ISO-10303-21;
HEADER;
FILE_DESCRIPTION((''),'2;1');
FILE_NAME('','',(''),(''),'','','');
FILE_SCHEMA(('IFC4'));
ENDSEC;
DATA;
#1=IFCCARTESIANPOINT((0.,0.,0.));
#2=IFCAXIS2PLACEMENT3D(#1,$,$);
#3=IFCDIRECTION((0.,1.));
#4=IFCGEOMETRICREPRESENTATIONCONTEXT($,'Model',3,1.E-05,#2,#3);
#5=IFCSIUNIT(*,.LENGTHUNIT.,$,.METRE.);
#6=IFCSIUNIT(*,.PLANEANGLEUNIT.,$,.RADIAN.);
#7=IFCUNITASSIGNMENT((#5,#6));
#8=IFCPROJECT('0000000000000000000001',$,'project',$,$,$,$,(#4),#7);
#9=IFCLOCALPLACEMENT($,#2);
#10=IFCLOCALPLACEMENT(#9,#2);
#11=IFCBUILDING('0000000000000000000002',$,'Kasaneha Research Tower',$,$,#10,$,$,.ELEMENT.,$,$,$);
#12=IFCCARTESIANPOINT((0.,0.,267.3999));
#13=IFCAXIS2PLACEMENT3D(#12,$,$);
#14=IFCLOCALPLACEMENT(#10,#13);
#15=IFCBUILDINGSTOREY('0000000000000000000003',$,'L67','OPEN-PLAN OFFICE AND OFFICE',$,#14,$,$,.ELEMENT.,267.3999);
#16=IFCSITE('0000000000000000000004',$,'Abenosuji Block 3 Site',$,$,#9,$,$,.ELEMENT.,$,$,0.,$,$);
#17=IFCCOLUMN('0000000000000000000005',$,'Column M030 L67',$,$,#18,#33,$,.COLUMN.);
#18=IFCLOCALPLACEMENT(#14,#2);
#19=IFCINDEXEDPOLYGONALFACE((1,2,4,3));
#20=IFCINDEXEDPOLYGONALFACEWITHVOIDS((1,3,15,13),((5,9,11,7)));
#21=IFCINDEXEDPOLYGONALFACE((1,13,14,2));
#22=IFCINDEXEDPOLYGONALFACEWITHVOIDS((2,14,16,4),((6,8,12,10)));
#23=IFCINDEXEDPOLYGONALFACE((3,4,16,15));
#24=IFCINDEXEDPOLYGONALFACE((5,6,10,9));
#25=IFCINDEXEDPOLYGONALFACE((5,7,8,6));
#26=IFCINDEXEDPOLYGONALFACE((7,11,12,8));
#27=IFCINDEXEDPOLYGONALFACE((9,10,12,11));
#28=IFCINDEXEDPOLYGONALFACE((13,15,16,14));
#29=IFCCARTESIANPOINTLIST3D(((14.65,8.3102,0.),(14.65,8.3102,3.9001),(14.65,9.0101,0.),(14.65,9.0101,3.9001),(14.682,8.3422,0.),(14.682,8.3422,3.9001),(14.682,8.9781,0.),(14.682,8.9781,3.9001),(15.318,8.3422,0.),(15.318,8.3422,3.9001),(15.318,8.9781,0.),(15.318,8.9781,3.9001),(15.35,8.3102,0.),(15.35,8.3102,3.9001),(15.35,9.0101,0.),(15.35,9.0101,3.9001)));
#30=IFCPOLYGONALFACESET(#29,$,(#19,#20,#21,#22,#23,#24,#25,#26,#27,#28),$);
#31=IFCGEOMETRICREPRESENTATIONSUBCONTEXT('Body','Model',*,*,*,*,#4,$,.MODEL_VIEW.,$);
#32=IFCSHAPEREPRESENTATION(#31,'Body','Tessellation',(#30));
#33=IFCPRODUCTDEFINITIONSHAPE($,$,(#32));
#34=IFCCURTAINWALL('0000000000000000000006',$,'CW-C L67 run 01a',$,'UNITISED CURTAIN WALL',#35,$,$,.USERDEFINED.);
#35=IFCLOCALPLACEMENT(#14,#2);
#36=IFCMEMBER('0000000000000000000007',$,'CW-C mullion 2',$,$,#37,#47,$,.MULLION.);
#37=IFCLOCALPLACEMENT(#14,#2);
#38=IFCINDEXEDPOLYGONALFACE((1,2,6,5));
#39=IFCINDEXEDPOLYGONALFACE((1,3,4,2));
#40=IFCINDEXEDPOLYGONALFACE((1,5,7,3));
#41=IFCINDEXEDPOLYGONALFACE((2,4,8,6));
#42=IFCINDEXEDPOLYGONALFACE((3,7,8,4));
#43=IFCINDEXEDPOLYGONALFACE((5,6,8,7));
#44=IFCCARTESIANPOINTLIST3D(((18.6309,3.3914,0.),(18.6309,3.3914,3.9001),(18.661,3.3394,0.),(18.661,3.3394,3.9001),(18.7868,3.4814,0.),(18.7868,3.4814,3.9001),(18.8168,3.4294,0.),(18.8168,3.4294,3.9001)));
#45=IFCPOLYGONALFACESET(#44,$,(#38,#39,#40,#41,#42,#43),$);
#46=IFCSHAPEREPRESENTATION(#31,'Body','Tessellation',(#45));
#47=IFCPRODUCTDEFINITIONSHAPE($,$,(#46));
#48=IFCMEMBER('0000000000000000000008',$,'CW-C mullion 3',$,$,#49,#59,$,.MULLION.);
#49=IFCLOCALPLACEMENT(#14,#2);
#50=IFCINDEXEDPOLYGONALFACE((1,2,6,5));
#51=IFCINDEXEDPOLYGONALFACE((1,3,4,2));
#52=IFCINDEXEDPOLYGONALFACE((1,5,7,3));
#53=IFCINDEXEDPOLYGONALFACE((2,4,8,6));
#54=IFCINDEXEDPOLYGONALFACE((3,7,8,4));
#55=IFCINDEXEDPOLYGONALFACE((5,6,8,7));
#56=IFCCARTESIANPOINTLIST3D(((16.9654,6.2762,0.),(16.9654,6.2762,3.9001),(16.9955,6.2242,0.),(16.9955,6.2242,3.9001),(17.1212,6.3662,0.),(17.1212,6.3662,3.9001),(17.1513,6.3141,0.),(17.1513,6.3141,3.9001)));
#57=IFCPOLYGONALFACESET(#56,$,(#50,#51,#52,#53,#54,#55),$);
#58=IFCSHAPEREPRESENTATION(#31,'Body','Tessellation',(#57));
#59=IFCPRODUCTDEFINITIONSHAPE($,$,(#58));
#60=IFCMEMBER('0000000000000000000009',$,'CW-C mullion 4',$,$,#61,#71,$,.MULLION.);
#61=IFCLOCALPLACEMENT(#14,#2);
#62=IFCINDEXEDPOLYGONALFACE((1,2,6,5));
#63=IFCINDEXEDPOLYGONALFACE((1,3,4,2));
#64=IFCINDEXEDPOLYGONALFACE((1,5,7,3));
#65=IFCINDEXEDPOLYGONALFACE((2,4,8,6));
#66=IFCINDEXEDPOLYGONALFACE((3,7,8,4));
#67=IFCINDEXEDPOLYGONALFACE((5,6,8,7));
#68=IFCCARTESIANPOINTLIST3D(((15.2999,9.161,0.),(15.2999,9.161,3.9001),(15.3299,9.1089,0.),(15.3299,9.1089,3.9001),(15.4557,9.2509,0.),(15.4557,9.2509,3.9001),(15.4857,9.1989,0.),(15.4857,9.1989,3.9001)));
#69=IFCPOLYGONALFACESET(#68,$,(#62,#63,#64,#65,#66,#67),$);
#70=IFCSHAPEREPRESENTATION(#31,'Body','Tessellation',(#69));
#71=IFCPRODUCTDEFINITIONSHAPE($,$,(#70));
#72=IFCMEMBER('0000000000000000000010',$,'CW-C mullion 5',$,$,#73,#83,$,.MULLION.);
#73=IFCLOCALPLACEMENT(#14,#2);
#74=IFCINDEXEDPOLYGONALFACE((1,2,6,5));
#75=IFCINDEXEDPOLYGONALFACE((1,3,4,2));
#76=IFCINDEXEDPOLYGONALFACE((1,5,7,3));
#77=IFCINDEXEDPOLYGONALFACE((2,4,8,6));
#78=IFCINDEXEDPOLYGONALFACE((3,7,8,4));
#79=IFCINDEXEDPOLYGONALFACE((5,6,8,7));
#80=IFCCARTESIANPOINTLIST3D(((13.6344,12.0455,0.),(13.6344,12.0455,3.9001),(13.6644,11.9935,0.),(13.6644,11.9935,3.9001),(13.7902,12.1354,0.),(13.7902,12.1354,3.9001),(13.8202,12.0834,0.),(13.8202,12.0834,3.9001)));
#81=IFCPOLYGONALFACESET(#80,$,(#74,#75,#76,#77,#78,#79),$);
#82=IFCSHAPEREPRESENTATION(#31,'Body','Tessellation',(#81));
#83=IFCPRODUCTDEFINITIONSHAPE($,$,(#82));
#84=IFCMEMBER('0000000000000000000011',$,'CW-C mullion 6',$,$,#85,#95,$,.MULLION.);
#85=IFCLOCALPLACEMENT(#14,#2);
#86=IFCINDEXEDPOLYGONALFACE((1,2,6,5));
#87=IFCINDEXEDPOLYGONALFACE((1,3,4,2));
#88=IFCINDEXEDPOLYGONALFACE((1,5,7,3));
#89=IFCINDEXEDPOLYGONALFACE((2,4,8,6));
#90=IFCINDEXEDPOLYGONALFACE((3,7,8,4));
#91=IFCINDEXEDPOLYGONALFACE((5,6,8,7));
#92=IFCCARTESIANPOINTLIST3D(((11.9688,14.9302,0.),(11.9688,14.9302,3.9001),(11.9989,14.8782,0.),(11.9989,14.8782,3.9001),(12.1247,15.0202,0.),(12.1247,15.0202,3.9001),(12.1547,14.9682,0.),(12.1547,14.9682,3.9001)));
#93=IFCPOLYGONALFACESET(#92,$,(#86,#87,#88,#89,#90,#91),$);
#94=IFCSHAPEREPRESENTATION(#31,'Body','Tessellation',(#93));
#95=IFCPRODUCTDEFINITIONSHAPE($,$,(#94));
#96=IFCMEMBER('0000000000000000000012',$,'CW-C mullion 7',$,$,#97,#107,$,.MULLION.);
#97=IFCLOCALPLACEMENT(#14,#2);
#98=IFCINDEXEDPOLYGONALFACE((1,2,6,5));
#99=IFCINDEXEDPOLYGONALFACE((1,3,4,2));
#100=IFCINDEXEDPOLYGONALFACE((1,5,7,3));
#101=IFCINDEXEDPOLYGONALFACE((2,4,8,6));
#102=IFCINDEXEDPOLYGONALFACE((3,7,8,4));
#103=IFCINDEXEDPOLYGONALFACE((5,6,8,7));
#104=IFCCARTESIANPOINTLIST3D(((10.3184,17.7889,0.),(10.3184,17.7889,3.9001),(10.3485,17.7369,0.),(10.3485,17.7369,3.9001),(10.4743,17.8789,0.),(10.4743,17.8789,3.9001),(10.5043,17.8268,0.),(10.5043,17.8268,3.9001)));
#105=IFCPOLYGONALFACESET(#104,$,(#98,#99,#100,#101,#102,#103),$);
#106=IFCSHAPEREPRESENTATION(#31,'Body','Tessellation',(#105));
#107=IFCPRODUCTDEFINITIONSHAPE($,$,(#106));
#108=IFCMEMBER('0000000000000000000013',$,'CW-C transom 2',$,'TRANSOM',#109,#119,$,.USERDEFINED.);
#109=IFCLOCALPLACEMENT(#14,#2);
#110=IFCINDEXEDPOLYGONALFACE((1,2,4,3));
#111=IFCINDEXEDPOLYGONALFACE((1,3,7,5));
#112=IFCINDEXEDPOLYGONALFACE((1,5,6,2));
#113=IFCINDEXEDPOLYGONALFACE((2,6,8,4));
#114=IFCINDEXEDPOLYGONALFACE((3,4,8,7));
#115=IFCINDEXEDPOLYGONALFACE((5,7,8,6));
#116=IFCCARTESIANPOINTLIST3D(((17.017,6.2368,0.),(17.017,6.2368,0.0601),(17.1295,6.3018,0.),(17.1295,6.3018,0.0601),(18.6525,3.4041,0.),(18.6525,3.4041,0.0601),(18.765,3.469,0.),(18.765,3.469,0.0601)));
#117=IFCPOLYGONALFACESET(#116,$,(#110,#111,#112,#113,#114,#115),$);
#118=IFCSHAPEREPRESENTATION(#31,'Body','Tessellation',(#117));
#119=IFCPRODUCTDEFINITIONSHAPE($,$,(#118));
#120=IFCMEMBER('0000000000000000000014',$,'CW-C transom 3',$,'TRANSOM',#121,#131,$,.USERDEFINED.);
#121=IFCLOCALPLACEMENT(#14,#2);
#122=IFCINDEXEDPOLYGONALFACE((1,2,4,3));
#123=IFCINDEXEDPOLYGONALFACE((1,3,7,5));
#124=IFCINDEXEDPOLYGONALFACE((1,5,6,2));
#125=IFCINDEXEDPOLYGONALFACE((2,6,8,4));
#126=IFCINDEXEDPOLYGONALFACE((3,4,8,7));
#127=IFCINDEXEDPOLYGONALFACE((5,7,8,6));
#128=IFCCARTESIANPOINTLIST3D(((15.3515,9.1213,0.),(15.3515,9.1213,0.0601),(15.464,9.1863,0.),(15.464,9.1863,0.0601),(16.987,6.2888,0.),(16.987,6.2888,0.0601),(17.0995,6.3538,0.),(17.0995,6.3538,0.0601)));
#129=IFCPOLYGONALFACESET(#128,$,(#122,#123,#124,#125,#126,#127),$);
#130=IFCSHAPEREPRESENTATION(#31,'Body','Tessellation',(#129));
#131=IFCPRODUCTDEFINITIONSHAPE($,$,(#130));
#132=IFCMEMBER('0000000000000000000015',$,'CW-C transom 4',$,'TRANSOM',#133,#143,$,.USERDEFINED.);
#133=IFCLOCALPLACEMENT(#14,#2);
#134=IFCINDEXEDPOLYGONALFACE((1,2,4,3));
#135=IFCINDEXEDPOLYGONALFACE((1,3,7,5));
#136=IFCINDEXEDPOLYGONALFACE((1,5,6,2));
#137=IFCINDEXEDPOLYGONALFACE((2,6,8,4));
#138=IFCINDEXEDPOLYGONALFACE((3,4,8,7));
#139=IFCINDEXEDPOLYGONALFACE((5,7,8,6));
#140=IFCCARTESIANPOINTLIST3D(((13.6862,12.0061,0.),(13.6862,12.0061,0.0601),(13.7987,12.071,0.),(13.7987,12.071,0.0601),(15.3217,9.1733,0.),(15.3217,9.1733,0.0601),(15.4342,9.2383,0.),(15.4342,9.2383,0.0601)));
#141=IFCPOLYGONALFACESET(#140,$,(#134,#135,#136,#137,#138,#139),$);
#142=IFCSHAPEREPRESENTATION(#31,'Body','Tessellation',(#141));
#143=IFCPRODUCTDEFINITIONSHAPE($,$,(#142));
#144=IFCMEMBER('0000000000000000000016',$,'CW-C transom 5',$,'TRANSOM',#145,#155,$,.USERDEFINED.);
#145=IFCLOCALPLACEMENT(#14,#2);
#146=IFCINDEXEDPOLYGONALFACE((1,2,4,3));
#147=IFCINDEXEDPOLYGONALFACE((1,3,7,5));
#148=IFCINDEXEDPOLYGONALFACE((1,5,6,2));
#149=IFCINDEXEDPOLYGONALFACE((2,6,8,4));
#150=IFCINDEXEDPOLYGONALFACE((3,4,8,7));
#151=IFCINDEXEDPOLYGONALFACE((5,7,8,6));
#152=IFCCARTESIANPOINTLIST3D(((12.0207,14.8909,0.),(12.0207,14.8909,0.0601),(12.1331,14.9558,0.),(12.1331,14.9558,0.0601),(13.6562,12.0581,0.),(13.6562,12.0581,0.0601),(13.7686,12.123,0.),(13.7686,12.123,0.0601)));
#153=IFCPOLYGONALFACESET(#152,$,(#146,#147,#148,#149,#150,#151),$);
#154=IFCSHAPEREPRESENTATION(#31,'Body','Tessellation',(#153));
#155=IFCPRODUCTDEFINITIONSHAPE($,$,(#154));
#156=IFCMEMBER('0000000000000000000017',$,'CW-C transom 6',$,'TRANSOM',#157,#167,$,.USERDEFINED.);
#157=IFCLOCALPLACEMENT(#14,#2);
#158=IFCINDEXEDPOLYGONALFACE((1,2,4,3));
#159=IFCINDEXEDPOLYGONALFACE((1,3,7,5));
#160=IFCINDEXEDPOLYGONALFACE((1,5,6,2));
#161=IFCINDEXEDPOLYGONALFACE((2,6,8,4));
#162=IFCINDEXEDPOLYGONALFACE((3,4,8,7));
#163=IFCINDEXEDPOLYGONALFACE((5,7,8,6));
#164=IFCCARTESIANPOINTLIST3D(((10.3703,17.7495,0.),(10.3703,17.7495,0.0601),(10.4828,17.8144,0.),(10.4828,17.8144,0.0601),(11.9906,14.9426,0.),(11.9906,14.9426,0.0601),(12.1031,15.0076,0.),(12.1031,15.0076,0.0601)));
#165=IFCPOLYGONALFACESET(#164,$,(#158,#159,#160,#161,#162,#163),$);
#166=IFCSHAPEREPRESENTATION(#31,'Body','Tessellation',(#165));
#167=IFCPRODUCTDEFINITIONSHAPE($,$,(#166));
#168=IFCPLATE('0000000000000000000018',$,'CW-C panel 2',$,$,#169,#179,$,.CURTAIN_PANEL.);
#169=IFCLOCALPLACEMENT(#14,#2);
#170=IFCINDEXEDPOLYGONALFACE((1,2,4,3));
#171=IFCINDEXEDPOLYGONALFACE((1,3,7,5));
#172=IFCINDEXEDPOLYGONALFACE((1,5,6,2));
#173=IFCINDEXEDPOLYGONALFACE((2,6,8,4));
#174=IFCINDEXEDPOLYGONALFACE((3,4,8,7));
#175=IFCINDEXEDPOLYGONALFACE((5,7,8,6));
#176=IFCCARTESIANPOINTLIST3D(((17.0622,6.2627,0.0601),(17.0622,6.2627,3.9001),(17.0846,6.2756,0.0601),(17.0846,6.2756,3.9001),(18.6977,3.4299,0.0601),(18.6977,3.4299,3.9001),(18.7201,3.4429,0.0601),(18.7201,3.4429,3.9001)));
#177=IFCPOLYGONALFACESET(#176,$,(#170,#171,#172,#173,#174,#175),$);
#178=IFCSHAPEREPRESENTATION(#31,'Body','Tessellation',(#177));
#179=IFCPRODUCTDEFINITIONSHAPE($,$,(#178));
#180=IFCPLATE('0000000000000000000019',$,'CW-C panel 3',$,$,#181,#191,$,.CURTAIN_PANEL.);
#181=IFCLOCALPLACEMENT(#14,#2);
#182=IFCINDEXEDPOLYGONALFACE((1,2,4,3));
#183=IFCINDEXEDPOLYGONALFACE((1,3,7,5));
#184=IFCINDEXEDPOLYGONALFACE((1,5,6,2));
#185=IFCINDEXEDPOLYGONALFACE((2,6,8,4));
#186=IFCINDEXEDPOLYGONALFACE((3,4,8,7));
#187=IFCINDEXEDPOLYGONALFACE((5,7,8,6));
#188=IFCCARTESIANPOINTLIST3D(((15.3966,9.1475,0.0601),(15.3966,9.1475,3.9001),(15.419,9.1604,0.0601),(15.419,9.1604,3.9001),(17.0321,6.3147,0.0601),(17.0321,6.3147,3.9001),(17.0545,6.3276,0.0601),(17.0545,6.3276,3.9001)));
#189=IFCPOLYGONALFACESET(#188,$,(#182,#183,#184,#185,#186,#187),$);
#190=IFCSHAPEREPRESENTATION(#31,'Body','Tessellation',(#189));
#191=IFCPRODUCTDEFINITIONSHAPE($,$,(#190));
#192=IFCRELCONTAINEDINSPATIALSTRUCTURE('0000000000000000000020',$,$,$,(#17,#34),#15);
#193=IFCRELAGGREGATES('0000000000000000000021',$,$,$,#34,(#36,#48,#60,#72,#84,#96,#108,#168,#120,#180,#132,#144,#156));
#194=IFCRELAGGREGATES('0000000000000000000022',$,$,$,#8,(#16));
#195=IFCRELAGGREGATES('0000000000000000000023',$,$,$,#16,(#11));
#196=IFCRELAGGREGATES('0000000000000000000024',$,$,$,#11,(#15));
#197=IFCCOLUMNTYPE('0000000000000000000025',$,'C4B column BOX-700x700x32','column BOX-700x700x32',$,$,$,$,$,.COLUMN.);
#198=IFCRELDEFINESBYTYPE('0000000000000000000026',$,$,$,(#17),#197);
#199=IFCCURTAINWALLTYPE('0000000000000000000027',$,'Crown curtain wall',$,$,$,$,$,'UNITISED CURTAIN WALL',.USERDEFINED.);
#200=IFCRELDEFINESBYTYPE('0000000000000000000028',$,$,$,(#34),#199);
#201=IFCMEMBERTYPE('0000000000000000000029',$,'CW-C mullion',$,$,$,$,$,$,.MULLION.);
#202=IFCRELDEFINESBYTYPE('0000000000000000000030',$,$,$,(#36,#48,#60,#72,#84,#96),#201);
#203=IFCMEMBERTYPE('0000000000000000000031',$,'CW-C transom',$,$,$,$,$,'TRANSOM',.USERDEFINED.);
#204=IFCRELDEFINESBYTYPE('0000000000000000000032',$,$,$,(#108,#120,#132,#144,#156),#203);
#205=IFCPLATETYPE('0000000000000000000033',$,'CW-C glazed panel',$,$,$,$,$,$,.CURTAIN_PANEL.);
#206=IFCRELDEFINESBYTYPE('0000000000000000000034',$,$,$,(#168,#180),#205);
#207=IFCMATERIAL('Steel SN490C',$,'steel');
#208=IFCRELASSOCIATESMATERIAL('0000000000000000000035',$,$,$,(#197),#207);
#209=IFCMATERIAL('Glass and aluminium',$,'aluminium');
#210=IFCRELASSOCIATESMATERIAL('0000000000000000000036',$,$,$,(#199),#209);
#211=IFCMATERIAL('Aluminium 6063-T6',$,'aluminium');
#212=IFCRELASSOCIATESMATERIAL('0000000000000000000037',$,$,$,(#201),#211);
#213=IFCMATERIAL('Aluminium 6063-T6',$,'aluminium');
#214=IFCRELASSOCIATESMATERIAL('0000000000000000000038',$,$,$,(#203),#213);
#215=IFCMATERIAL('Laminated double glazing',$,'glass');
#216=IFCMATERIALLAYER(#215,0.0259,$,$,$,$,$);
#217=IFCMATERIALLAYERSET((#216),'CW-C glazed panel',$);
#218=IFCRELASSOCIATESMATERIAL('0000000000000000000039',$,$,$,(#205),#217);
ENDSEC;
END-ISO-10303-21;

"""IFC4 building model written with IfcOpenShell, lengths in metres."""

from ifc_helpers import new_model, si_unit, direction, frame, origin, origin_2d, place, context, subcontext, project, spatial, rectangle, hollow_rectangle, extrude, material, layer, layer_set, material_profile, profile_set, type_object, element, aggregate, save


model = new_model("IFC4")

# Units and contexts
model_context = context("Model", 3, precision=1e-05, world=origin(), true_north=direction((0.0, 1.0)))
body_context = subcontext(model_context, "Body", "Model", "MODEL_VIEW")
ifc_project = project(units=[si_unit("LENGTHUNIT", "METRE"), si_unit("PLANEANGLEUNIT", "RADIAN")], contexts=[model_context])

# Site, building, storey
site_placement = place(None, origin())
site = spatial("IfcSite", under=ifc_project, at=site_placement, Name="Abenosuji Block 3 Site", CompositionType="ELEMENT", RefElevation=0.0)
building_placement = place(site_placement, origin())
building = spatial("IfcBuilding", under=site, at=building_placement, Name="Kasaneha Research Tower", CompositionType="ELEMENT")
storey_placement = place(building_placement, frame((0.0, 0.0, 267.3999)))
storey = spatial("IfcBuildingStorey", under=building, at=storey_placement, Name="L67", Description="OPEN-PLAN OFFICE AND OFFICE", CompositionType="ELEMENT", Elevation=267.3999)

# Column
ifc_material_1 = material(Name="Steel SN490C", Category="steel")
ifc_material_profile_1 = material_profile(ifc_material_1, hollow_rectangle(XDim=0.7, YDim=0.7, WallThickness=0.032, at=origin_2d()), Name="BOX-700x700x32")
ifc_profile_set_1 = profile_set([ifc_material_profile_1], Name="Steel SN490C")
column_type = type_object("IfcColumnType", Name="C4B column BOX-700x700x32", Description="column BOX-700x700x32", PredefinedType="COLUMN", material=ifc_profile_set_1)
column_placement = place(storey_placement, frame((15.0, 8.6602, 0.0), z_axis=(0.0, 0.0, 1.0), x_axis=(1.0, 0.0, 0.0)))
element("IfcColumn", 1, at=column_placement, inside=storey, type_object=column_type, Name="Column M030 L67", PredefinedType="COLUMN", context=body_context, shape_type="SweptSolid", body=[
    extrude(hollow_rectangle(XDim=0.7, YDim=0.7, WallThickness=0.032, at=origin_2d()), origin(), (0.0, 0.0, 1.0), 3.9001),
])

# Curtain wall, members, plates
ifc_material_2 = material(Name="Glass and aluminium", Category="aluminium")
curtain_wall_type = type_object("IfcCurtainWallType", Name="Crown curtain wall", ElementType="UNITISED CURTAIN WALL", PredefinedType="USERDEFINED", material=ifc_material_2)
curtain_wall_placement = place(storey_placement, origin())
curtain_wall = element("IfcCurtainWall", 2, at=curtain_wall_placement, inside=storey, type_object=curtain_wall_type, Name="CW-C L67 run 01a", ObjectType="UNITISED CURTAIN WALL", PredefinedType="USERDEFINED")
ifc_material_3 = material(Name="Aluminium 6063-T6", Category="aluminium")
ifc_material_profile_2 = material_profile(ifc_material_3, rectangle(XDim=0.0601, YDim=0.1799, at=origin_2d()), Name="CW-C mullion 60x180")
ifc_profile_set_2 = profile_set([ifc_material_profile_2], Name="Aluminium 6063-T6")
member_type_1 = type_object("IfcMemberType", Name="CW-C mullion", PredefinedType="MULLION", material=ifc_profile_set_2)
member_1_placement = place(storey_placement, frame((18.7239, 3.4104, 0.0), z_axis=(0.0, 0.0, 1.0), x_axis=(-0.5, 0.866025, 0.0)))
member_1 = element("IfcMember", 3, at=member_1_placement, type_object=member_type_1, Name="CW-C mullion 2", PredefinedType="MULLION", context=body_context, shape_type="SweptSolid", body=[
    extrude(rectangle(XDim=0.0601, YDim=0.1799, at=origin_2d()), origin(), (0.0, 0.0, 1.0), 3.9001),
])
member_2_placement = place(storey_placement, frame((17.0583, 6.2952, 0.0), z_axis=(0.0, 0.0, 1.0), x_axis=(-0.5, 0.866025, 0.0)))
member_2 = element("IfcMember", 4, at=member_2_placement, type_object=member_type_1, Name="CW-C mullion 3", PredefinedType="MULLION", context=body_context, shape_type="SweptSolid", body=[
    extrude(rectangle(XDim=0.0601, YDim=0.1799, at=origin_2d()), origin(), (0.0, 0.0, 1.0), 3.9001),
])
member_3_placement = place(storey_placement, frame((15.3928, 9.1799, 0.0), z_axis=(0.0, 0.0, 1.0), x_axis=(-0.5, 0.866025, 0.0)))
member_3 = element("IfcMember", 5, at=member_3_placement, type_object=member_type_1, Name="CW-C mullion 4", PredefinedType="MULLION", context=body_context, shape_type="SweptSolid", body=[
    extrude(rectangle(XDim=0.0601, YDim=0.1799, at=origin_2d()), origin(), (0.0, 0.0, 1.0), 3.9001),
])
member_4_placement = place(storey_placement, frame((13.7273, 12.0645, 0.0), z_axis=(0.0, 0.0, 1.0), x_axis=(-0.5, 0.866025, 0.0)))
member_4 = element("IfcMember", 6, at=member_4_placement, type_object=member_type_1, Name="CW-C mullion 5", PredefinedType="MULLION", context=body_context, shape_type="SweptSolid", body=[
    extrude(rectangle(XDim=0.0601, YDim=0.1799, at=origin_2d()), origin(), (0.0, 0.0, 1.0), 3.9001),
])
member_5_placement = place(storey_placement, frame((12.0618, 14.9492, 0.0), z_axis=(0.0, 0.0, 1.0), x_axis=(-0.5, 0.866025, 0.0)))
member_5 = element("IfcMember", 7, at=member_5_placement, type_object=member_type_1, Name="CW-C mullion 6", PredefinedType="MULLION", context=body_context, shape_type="SweptSolid", body=[
    extrude(rectangle(XDim=0.0601, YDim=0.1799, at=origin_2d()), origin(), (0.0, 0.0, 1.0), 3.9001),
])
member_6_placement = place(storey_placement, frame((10.4114, 17.8079, 0.0), z_axis=(0.0, 0.0, 1.0), x_axis=(-0.5, 0.866025, 0.0)))
member_6 = element("IfcMember", 8, at=member_6_placement, type_object=member_type_1, Name="CW-C mullion 7", PredefinedType="MULLION", context=body_context, shape_type="SweptSolid", body=[
    extrude(rectangle(XDim=0.0601, YDim=0.1799, at=origin_2d()), origin(), (0.0, 0.0, 1.0), 3.9001),
])
ifc_material_4 = material(Name="Aluminium 6063-T6", Category="aluminium")
ifc_material_profile_3 = material_profile(ifc_material_4, rectangle(XDim=0.1299, YDim=0.0601, at=origin_2d()), Name="CW-C transom 130x60")
ifc_profile_set_3 = profile_set([ifc_material_profile_3], Name="Aluminium 6063-T6")
member_type_2 = type_object("IfcMemberType", Name="CW-C transom", ElementType="TRANSOM", PredefinedType="USERDEFINED", material=ifc_profile_set_3)
member_7_placement = place(storey_placement, frame((18.7087, 3.4365, 0.03), z_axis=(-0.5, 0.866025, 0.0), x_axis=(-0.866025, -0.5, 0.0)))
member_7 = element("IfcMember", 9, at=member_7_placement, type_object=member_type_2, Name="CW-C transom 2", ObjectType="TRANSOM", PredefinedType="USERDEFINED", context=body_context, shape_type="SweptSolid", body=[
    extrude(rectangle(XDim=0.1299, YDim=0.0601, at=origin_2d()), origin(), (0.0, 0.0, 1.0), 3.271),
])
member_8_placement = place(storey_placement, frame((17.0432, 6.3213, 0.03), z_axis=(-0.500033, 0.866007, 0.0), x_axis=(-0.866007, -0.500033, 0.0)))
member_8 = element("IfcMember", 10, at=member_8_placement, type_object=member_type_2, Name="CW-C transom 3", ObjectType="TRANSOM", PredefinedType="USERDEFINED", context=body_context, shape_type="SweptSolid", body=[
    extrude(rectangle(XDim=0.1299, YDim=0.0601, at=origin_2d()), origin(), (0.0, 0.0, 1.0), 3.2708),
])
member_9_placement = place(storey_placement, frame((15.3779, 9.2058, 0.03), z_axis=(-0.5, 0.866025, 0.0), x_axis=(-0.866025, -0.5, 0.0)))
member_9 = element("IfcMember", 11, at=member_9_placement, type_object=member_type_2, Name="CW-C transom 4", ObjectType="TRANSOM", PredefinedType="USERDEFINED", context=body_context, shape_type="SweptSolid", body=[
    extrude(rectangle(XDim=0.1299, YDim=0.0601, at=origin_2d()), origin(), (0.0, 0.0, 1.0), 3.271),
])
member_10_placement = place(storey_placement, frame((13.7124, 12.0906, 0.03), z_axis=(-0.5, 0.866025, 0.0), x_axis=(-0.866025, -0.5, 0.0)))
member_10 = element("IfcMember", 12, at=member_10_placement, type_object=member_type_2, Name="CW-C transom 5", ObjectType="TRANSOM", PredefinedType="USERDEFINED", context=body_context, shape_type="SweptSolid", body=[
    extrude(rectangle(XDim=0.1299, YDim=0.0601, at=origin_2d()), origin(), (0.0, 0.0, 1.0), 3.271),
])
member_11_placement = place(storey_placement, frame((12.0469, 14.9751, 0.03), z_axis=(-0.499955, 0.866051, 0.0), x_axis=(-0.866051, -0.499955, 0.0)))
member_11 = element("IfcMember", 13, at=member_11_placement, type_object=member_type_2, Name="CW-C transom 6", ObjectType="TRANSOM", PredefinedType="USERDEFINED", context=body_context, shape_type="SweptSolid", body=[
    extrude(rectangle(XDim=0.1299, YDim=0.0601, at=origin_2d()), origin(), (0.0, 0.0, 1.0), 3.241),
])
ifc_material_5 = material(Name="Laminated double glazing", Category="glass")
ifc_layer_1 = layer(ifc_material_5, 0.0259)
ifc_layer_set_1 = layer_set([ifc_layer_1], Name="CW-C glazed panel")
plate_type = type_object("IfcPlateType", Name="CW-C glazed panel", PredefinedType="CURTAIN_PANEL", material=ifc_layer_set_1)
plate_1_placement = place(storey_placement, frame((17.8911, 4.8528, 0.0601), z_axis=(0.0, 0.0, 1.0), x_axis=(-0.5, 0.866025, 0.0)))
plate_1 = element("IfcPlate", 14, at=plate_1_placement, type_object=plate_type, Name="CW-C panel 2", PredefinedType="CURTAIN_PANEL", context=body_context, shape_type="SweptSolid", body=[
    extrude(rectangle(XDim=3.271, YDim=0.0259, at=origin_2d()), origin(), (0.0, 0.0, 1.0), 3.8401),
])
plate_2_placement = place(storey_placement, frame((16.2256, 7.7375, 0.0601), z_axis=(0.0, 0.0, 1.0), x_axis=(-0.5, 0.866025, 0.0)))
plate_2 = element("IfcPlate", 15, at=plate_2_placement, type_object=plate_type, Name="CW-C panel 3", PredefinedType="CURTAIN_PANEL", context=body_context, shape_type="SweptSolid", body=[
    extrude(rectangle(XDim=3.271, YDim=0.0259, at=origin_2d()), origin(), (0.0, 0.0, 1.0), 3.8401),
])
aggregate(curtain_wall, [member_1, member_2, member_3, member_4, member_5, member_6, member_7, plate_1, member_8, plate_2, member_9, member_10, member_11])

save(model, "model.ifc")
